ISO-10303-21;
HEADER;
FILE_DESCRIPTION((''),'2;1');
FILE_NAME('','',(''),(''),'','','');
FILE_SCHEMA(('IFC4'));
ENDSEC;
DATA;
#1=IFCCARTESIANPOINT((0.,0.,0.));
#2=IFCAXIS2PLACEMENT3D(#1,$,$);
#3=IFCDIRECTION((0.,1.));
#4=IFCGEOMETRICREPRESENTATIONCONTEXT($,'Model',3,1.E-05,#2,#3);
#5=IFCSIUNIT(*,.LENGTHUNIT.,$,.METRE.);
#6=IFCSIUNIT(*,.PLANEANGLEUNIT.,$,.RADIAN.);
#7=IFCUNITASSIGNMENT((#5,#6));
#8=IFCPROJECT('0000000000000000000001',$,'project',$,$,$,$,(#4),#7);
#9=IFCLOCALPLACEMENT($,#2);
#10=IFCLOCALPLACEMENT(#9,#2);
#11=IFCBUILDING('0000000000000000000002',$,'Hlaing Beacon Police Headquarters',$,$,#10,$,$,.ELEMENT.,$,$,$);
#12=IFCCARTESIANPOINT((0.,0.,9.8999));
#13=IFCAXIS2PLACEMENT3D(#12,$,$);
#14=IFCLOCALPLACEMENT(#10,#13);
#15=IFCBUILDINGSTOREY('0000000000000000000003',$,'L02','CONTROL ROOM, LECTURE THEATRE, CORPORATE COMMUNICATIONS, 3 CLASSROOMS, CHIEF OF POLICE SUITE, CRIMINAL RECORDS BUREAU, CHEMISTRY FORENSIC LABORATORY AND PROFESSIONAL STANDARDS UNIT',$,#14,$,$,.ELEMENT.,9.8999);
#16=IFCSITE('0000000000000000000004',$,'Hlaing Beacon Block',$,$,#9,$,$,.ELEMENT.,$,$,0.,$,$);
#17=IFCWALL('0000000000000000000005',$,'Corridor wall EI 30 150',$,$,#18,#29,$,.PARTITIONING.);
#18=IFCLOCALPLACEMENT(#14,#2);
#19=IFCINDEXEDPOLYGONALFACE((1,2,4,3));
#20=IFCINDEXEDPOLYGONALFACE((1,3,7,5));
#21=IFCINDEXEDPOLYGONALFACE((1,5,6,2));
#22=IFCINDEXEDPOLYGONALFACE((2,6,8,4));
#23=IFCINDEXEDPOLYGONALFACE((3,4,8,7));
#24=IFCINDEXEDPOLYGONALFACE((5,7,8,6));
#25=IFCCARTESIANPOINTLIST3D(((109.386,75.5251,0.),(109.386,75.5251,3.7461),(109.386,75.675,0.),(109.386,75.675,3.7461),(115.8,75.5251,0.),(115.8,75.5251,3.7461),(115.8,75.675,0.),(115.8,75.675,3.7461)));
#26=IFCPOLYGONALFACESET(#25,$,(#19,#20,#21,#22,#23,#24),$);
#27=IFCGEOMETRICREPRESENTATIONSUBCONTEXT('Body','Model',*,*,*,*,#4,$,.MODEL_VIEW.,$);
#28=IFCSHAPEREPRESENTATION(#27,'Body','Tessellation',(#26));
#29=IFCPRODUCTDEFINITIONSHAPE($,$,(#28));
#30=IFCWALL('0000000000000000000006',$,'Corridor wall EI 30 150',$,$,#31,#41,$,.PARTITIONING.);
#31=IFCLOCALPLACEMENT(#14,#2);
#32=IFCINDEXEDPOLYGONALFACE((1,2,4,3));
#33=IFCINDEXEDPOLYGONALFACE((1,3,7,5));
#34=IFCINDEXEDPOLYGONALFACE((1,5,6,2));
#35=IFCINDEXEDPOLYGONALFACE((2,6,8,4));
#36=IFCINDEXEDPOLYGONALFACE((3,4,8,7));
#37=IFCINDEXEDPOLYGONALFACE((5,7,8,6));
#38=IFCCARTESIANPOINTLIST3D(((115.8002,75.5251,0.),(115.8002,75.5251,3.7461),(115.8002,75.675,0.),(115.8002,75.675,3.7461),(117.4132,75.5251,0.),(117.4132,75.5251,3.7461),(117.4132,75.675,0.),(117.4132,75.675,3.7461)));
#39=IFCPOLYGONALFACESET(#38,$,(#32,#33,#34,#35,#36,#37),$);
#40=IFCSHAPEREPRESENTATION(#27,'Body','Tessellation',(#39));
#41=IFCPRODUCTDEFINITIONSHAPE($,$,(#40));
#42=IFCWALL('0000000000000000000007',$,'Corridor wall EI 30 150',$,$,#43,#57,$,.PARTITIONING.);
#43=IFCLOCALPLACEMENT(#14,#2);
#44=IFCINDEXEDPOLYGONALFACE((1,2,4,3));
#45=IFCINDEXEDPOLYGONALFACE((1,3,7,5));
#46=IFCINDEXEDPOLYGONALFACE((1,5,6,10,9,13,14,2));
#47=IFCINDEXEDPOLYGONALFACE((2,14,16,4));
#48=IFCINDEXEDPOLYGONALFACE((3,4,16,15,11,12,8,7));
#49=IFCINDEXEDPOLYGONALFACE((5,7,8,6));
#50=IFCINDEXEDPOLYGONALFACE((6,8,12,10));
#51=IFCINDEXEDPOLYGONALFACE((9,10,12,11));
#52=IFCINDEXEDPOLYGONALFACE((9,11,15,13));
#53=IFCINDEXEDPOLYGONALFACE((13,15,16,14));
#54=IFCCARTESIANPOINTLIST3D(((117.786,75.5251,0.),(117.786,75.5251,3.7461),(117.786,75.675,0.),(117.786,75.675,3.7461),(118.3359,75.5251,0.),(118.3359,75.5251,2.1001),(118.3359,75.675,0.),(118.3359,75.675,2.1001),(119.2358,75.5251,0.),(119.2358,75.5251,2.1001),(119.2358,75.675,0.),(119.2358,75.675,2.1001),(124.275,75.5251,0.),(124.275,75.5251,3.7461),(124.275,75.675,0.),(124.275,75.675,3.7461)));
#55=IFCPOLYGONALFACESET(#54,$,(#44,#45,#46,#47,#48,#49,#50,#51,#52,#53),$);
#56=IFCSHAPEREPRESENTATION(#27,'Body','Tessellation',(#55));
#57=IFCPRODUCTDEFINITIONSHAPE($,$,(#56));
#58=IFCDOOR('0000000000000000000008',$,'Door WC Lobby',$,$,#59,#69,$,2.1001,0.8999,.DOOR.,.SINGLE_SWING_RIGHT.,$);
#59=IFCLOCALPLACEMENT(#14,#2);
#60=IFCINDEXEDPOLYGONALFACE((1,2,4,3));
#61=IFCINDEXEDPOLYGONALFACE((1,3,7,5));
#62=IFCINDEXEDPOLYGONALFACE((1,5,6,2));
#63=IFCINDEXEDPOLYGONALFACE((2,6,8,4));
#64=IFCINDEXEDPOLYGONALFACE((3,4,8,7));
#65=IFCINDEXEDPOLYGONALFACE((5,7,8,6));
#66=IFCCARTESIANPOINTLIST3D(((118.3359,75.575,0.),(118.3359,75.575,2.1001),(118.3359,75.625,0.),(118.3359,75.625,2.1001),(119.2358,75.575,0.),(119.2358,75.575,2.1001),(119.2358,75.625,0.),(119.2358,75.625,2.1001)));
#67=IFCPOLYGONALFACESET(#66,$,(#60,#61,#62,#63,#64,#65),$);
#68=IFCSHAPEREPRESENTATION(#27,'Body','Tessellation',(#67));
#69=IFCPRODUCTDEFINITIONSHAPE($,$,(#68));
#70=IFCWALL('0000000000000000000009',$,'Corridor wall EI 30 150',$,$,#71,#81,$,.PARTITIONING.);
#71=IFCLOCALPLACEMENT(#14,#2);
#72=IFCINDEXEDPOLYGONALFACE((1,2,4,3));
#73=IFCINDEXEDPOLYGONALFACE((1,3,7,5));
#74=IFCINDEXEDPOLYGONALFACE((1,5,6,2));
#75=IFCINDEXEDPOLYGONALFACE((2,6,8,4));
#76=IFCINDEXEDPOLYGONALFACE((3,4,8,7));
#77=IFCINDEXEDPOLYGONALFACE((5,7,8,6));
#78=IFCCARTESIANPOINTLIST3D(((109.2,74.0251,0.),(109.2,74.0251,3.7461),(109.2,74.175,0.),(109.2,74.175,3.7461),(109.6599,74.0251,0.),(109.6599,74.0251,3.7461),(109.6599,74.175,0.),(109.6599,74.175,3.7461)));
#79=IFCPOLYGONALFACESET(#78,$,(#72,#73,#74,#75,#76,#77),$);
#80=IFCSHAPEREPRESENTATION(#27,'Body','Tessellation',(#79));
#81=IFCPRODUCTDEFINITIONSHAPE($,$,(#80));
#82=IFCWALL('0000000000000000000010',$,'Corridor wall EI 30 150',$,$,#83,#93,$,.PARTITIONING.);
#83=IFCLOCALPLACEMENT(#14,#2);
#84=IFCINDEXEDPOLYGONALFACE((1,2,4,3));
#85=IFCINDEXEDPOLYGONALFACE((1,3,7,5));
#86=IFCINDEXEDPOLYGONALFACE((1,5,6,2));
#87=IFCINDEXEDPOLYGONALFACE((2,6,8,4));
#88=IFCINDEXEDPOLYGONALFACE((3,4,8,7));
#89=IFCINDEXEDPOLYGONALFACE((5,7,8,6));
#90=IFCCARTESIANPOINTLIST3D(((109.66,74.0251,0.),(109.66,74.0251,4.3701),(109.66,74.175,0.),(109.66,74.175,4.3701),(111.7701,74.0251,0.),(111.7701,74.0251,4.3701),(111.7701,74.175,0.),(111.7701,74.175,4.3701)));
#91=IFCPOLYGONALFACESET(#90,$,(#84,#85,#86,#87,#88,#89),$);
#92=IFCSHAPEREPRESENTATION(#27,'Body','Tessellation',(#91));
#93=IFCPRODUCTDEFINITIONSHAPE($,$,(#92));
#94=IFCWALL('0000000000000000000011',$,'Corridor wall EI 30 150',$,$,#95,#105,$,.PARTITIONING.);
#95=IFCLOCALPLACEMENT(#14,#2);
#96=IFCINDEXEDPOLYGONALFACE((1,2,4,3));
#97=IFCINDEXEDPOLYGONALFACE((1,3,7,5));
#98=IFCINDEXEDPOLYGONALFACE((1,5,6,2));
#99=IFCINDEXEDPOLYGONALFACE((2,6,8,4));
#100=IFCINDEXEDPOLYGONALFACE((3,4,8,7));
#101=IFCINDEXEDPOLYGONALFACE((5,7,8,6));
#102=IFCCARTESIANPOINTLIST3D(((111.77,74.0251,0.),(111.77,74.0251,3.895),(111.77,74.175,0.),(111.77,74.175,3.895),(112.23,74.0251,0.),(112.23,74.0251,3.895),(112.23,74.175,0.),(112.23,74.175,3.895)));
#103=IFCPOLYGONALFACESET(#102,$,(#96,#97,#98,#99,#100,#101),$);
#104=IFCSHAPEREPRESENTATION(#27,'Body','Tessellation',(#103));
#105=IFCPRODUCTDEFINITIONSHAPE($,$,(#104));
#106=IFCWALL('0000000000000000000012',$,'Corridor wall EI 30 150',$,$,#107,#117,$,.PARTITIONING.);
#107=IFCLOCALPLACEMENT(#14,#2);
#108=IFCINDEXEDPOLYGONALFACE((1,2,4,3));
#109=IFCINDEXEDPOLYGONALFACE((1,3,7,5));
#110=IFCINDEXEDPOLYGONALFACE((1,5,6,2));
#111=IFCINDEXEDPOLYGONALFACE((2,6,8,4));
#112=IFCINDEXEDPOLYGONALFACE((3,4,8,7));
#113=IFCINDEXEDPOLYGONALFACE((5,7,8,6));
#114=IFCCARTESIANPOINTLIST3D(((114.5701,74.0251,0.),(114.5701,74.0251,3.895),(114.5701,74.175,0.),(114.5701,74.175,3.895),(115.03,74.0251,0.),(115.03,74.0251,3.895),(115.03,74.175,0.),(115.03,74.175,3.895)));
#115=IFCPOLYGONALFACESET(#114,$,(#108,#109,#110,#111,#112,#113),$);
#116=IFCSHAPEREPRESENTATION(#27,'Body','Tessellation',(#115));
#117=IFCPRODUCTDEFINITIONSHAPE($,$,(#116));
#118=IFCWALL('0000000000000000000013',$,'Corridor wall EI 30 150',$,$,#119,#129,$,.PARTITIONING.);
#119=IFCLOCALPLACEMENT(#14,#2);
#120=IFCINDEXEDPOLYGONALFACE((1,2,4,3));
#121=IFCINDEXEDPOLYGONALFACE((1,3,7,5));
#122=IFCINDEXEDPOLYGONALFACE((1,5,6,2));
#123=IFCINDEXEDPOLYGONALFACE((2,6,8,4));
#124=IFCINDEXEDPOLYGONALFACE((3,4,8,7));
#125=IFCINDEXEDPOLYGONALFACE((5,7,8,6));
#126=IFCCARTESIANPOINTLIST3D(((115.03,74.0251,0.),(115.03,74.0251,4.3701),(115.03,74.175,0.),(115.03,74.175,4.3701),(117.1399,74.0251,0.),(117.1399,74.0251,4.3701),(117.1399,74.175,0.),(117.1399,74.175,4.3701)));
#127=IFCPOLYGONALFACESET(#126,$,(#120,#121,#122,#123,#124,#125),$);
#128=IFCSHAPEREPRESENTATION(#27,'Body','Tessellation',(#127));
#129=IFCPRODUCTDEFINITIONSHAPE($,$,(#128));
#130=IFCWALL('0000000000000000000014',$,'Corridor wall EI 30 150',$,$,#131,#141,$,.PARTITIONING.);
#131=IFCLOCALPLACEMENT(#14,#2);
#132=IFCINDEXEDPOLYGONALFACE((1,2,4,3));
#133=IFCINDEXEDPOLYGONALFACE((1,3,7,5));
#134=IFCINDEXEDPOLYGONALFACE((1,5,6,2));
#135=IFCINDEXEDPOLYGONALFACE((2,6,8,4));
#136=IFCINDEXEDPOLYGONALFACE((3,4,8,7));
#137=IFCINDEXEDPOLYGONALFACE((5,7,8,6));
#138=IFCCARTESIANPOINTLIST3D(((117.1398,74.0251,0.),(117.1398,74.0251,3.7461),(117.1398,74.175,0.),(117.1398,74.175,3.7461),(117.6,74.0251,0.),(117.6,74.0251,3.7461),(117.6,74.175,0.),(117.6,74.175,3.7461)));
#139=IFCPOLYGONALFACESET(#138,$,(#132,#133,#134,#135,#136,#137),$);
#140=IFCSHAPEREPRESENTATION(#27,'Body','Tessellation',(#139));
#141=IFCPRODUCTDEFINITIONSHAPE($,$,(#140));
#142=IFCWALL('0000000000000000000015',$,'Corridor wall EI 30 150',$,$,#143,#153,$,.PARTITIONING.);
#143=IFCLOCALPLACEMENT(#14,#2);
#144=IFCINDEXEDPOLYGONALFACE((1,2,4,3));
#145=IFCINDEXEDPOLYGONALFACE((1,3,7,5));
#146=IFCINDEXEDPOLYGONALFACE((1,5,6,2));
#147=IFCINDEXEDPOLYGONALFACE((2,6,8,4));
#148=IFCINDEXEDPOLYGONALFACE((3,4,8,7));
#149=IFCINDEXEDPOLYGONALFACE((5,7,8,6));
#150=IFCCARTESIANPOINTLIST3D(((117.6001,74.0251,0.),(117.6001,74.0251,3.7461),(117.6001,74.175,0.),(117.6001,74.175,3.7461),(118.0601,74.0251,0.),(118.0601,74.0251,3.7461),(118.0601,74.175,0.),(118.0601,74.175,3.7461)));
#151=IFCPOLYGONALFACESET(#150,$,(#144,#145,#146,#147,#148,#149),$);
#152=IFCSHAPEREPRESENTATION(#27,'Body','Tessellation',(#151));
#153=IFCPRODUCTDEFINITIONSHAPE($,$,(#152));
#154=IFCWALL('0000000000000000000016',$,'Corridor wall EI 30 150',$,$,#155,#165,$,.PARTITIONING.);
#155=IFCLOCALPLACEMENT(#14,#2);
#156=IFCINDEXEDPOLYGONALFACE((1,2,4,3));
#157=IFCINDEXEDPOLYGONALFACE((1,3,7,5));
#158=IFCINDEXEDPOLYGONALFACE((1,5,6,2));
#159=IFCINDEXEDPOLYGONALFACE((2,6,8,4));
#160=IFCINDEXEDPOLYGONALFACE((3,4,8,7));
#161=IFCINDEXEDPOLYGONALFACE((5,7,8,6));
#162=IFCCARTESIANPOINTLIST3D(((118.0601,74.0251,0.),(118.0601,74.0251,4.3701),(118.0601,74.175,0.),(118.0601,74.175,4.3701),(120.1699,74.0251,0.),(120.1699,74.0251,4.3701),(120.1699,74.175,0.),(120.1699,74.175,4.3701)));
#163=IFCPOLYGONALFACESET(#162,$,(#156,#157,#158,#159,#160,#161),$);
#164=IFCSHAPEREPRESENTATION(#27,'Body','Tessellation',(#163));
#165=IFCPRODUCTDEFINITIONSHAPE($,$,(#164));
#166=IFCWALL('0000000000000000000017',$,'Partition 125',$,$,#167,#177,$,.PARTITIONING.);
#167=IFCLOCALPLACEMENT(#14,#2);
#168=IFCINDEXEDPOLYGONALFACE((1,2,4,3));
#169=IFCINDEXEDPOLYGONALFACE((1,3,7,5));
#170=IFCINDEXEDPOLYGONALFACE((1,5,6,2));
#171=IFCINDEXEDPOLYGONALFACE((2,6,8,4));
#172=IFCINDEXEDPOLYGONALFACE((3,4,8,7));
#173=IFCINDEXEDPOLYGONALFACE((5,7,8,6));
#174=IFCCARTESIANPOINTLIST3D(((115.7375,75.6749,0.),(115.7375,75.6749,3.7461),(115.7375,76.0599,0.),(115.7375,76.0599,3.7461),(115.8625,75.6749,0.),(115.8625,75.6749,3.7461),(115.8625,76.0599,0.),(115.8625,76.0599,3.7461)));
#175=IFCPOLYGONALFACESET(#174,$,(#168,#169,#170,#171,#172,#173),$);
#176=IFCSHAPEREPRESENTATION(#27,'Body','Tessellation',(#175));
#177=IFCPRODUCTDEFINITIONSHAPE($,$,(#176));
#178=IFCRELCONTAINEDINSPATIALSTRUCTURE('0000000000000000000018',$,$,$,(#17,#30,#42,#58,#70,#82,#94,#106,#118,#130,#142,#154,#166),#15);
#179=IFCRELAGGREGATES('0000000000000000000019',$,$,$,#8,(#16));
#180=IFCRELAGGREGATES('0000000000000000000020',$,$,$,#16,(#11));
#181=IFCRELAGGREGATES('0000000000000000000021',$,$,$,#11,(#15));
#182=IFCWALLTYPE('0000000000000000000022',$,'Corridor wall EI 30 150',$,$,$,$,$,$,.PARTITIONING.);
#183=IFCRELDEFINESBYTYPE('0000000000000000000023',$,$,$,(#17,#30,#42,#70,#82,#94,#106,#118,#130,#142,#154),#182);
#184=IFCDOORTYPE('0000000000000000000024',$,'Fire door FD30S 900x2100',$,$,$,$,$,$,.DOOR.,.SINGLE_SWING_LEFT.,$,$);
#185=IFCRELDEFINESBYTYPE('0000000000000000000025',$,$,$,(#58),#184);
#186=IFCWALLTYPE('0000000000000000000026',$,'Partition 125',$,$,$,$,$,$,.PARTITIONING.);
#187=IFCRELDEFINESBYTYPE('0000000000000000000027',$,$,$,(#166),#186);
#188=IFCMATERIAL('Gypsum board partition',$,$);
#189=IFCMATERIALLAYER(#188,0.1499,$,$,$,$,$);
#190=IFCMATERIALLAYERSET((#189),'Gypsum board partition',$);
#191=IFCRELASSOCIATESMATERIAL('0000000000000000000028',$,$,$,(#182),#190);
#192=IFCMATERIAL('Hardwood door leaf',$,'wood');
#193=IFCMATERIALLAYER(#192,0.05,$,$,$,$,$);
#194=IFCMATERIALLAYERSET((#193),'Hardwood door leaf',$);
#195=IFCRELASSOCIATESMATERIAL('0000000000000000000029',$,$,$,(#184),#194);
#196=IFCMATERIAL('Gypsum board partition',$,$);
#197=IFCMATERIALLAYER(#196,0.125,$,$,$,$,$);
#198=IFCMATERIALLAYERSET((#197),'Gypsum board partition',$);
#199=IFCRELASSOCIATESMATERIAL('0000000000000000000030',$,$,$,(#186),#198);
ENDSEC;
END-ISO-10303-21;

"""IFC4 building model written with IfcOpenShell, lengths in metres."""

from ifc_helpers import new_model, si_unit, direction, frame, frame_2d, origin, place, context, subcontext, project, spatial, rectangle, extrude, material, layer, layer_set, type_object, element, fill, save


model = new_model("IFC4")

# Units and contexts
model_context = context("Model", 3, precision=1e-05, world=origin(), true_north=direction((0.0, 1.0)))
body_context = subcontext(model_context, "Body", "Model", "MODEL_VIEW")
ifc_project = project(units=[si_unit("LENGTHUNIT", "METRE"), si_unit("PLANEANGLEUNIT", "RADIAN")], contexts=[model_context])

# Site, building, storey
site_placement = place(None, origin())
site = spatial("IfcSite", under=ifc_project, at=site_placement, Name="Hlaing Beacon Block", CompositionType="ELEMENT", RefElevation=0.0)
building_placement = place(site_placement, origin())
building = spatial("IfcBuilding", under=site, at=building_placement, Name="Hlaing Beacon Police Headquarters", CompositionType="ELEMENT")
storey_placement = place(building_placement, frame((0.0, 0.0, 9.8999)))
storey = spatial("IfcBuildingStorey", under=building, at=storey_placement, Name="L02", Description="CONTROL ROOM, LECTURE THEATRE, CORPORATE COMMUNICATIONS, 3 CLASSROOMS, CHIEF OF POLICE SUITE, CRIMINAL RECORDS BUREAU, CHEMISTRY FORENSIC LABORATORY AND PROFESSIONAL STANDARDS UNIT", CompositionType="ELEMENT", Elevation=9.8999)

# Walls
ifc_material_1 = material(Name="Gypsum board partition")
ifc_layer_1 = layer(ifc_material_1, 0.1499)
ifc_layer_set_1 = layer_set([ifc_layer_1], Name="Gypsum board partition")
wall_type_1 = type_object("IfcWallType", Name="Corridor wall EI 30 150", PredefinedType="PARTITIONING", material=ifc_layer_set_1)
wall_1_placement = place(storey_placement, frame((109.386, 75.6001, 0.0), z_axis=(0.0, 0.0, 1.0), x_axis=(1.0, 0.0, 0.0)))
element("IfcWall", 1, at=wall_1_placement, inside=storey, type_object=wall_type_1, Name="Corridor wall EI 30 150", PredefinedType="PARTITIONING", context=body_context, shape_type="SweptSolid", body=[
    extrude(rectangle(XDim=6.4141, YDim=0.1499, at=frame_2d((3.207, 0.0))), origin(), (0.0, 0.0, 1.0), 3.7461),
])
wall_2_placement = place(storey_placement, frame((115.8, 75.6001, 0.0), z_axis=(0.0, 0.0, 1.0), x_axis=(1.0, 0.0, 0.0)))
element("IfcWall", 2, at=wall_2_placement, inside=storey, type_object=wall_type_1, Name="Corridor wall EI 30 150", PredefinedType="PARTITIONING", context=body_context, shape_type="SweptSolid", body=[
    extrude(rectangle(XDim=1.613, YDim=0.1499, at=frame_2d((0.8066, 0.0))), origin(), (0.0, 0.0, 1.0), 3.7461),
])

# Wall, opening, door
wall_3_placement = place(storey_placement, frame((117.7859, 75.6001, 0.0), z_axis=(0.0, 0.0, 1.0), x_axis=(1.0, 0.0, 0.0)))
wall_3 = element("IfcWall", 3, at=wall_3_placement, inside=storey, type_object=wall_type_1, Name="Corridor wall EI 30 150", PredefinedType="PARTITIONING", context=body_context, shape_type="SweptSolid", body=[
    extrude(rectangle(XDim=6.489, YDim=0.1499, at=frame_2d((3.2446, 0.0))), origin(), (0.0, 0.0, 1.0), 3.7461),
])
opening_1_placement = place(wall_3_placement, frame((0.55, 0.0, 0.0)))
opening_1 = element("IfcOpeningElement", 4, at=opening_1_placement, cuts=wall_3, PredefinedType="OPENING", context=body_context, shape_type="SweptSolid", body=[
    extrude(rectangle(XDim=0.8999, YDim=2.1001, at=frame_2d((0.45, 1.05))), frame((0.0, 0.085, 0.0), z_axis=(0.0, -1.0, 0.0), x_axis=(1.0, 0.0, 0.0)), (0.0, 0.0, 1.0), 0.1699),
])
ifc_material_2 = material(Name="Hardwood door leaf", Category="wood")
ifc_layer_2 = layer(ifc_material_2, 0.05)
ifc_layer_set_2 = layer_set([ifc_layer_2], Name="Hardwood door leaf")
door_type_1 = type_object("IfcDoorType", Name="Fire door FD30S 900x2100", OperationType="SINGLE_SWING_LEFT", PredefinedType="DOOR", material=ifc_layer_set_2)
door_1_placement = place(opening_1_placement, origin())
door_1 = element("IfcDoor", 5, at=door_1_placement, inside=storey, type_object=door_type_1, Name="Door WC Lobby", OperationType="SINGLE_SWING_RIGHT", OverallHeight=2.1001, OverallWidth=0.8999, PredefinedType="DOOR", context=body_context, shape_type="SweptSolid", body=[
    extrude(rectangle(XDim=0.8999, YDim=2.1001, at=frame_2d((0.45, 1.05))), frame((0.0, 0.0249, 0.0), z_axis=(0.0, -1.0, 0.0), x_axis=(1.0, 0.0, 0.0)), (0.0, 0.0, 1.0), 0.05),
])
fill(opening_1, door_1)

# Walls
wall_4_placement = place(storey_placement, frame((109.2, 74.1001, 0.0), z_axis=(0.0, 0.0, 1.0), x_axis=(1.0, 0.0, 0.0)))
element("IfcWall", 6, at=wall_4_placement, inside=storey, type_object=wall_type_1, Name="Corridor wall EI 30 150", PredefinedType="PARTITIONING", context=body_context, shape_type="SweptSolid", body=[
    extrude(rectangle(XDim=0.46, YDim=0.1499, at=frame_2d((0.23, 0.0))), origin(), (0.0, 0.0, 1.0), 3.7461),
])
wall_5_placement = place(storey_placement, frame((109.6599, 74.1001, 0.0), z_axis=(0.0, 0.0, 1.0), x_axis=(1.0, 0.0, 0.0)))
element("IfcWall", 7, at=wall_5_placement, inside=storey, type_object=wall_type_1, Name="Corridor wall EI 30 150", PredefinedType="PARTITIONING", context=body_context, shape_type="SweptSolid", body=[
    extrude(rectangle(XDim=2.1101, YDim=0.1499, at=frame_2d((1.0552, 0.0))), origin(), (0.0, 0.0, 1.0), 4.3701),
])
wall_6_placement = place(storey_placement, frame((111.77, 74.1001, 0.0), z_axis=(0.0, 0.0, 1.0), x_axis=(1.0, 0.0, 0.0)))
element("IfcWall", 8, at=wall_6_placement, inside=storey, type_object=wall_type_1, Name="Corridor wall EI 30 150", PredefinedType="PARTITIONING", context=body_context, shape_type="SweptSolid", body=[
    extrude(rectangle(XDim=0.46, YDim=0.1499, at=frame_2d((0.23, 0.0))), origin(), (0.0, 0.0, 1.0), 3.895),
])

# Walls
wall_7_placement = place(storey_placement, frame((114.5701, 74.1001, 0.0), z_axis=(0.0, 0.0, 1.0), x_axis=(1.0, 0.0, 0.0)))
element("IfcWall", 9, at=wall_7_placement, inside=storey, type_object=wall_type_1, Name="Corridor wall EI 30 150", PredefinedType="PARTITIONING", context=body_context, shape_type="SweptSolid", body=[
    extrude(rectangle(XDim=0.46, YDim=0.1499, at=frame_2d((0.23, 0.0))), origin(), (0.0, 0.0, 1.0), 3.895),
])
wall_8_placement = place(storey_placement, frame((115.03, 74.1001, 0.0), z_axis=(0.0, 0.0, 1.0), x_axis=(1.0, 0.0, 0.0)))
element("IfcWall", 10, at=wall_8_placement, inside=storey, type_object=wall_type_1, Name="Corridor wall EI 30 150", PredefinedType="PARTITIONING", context=body_context, shape_type="SweptSolid", body=[
    extrude(rectangle(XDim=2.1099, YDim=0.1499, at=frame_2d((1.0549, 0.0))), origin(), (0.0, 0.0, 1.0), 4.3701),
])
wall_9_placement = place(storey_placement, frame((117.1399, 74.1001, 0.0), z_axis=(0.0, 0.0, 1.0), x_axis=(1.0, 0.0, 0.0)))
element("IfcWall", 11, at=wall_9_placement, inside=storey, type_object=wall_type_1, Name="Corridor wall EI 30 150", PredefinedType="PARTITIONING", context=body_context, shape_type="SweptSolid", body=[
    extrude(rectangle(XDim=0.4602, YDim=0.1499, at=frame_2d((0.23, 0.0))), origin(), (0.0, 0.0, 1.0), 3.7461),
])
wall_10_placement = place(storey_placement, frame((117.6001, 74.1001, 0.0), z_axis=(0.0, 0.0, 1.0), x_axis=(1.0, 0.0, 0.0)))
element("IfcWall", 12, at=wall_10_placement, inside=storey, type_object=wall_type_1, Name="Corridor wall EI 30 150", PredefinedType="PARTITIONING", context=body_context, shape_type="SweptSolid", body=[
    extrude(rectangle(XDim=0.46, YDim=0.1499, at=frame_2d((0.23, 0.0))), origin(), (0.0, 0.0, 1.0), 3.7461),
])
wall_11_placement = place(storey_placement, frame((118.0601, 74.1001, 0.0), z_axis=(0.0, 0.0, 1.0), x_axis=(1.0, 0.0, 0.0)))
element("IfcWall", 13, at=wall_11_placement, inside=storey, type_object=wall_type_1, Name="Corridor wall EI 30 150", PredefinedType="PARTITIONING", context=body_context, shape_type="SweptSolid", body=[
    extrude(rectangle(XDim=2.1099, YDim=0.1499, at=frame_2d((1.0549, 0.0))), origin(), (0.0, 0.0, 1.0), 4.3701),
])
ifc_material_3 = material(Name="Gypsum board partition")
ifc_layer_3 = layer(ifc_material_3, 0.125)
ifc_layer_set_3 = layer_set([ifc_layer_3], Name="Gypsum board partition")
wall_type_2 = type_object("IfcWallType", Name="Partition 125", PredefinedType="PARTITIONING", material=ifc_layer_set_3)
wall_12_placement = place(storey_placement, frame((115.8, 75.675, 0.0), z_axis=(0.0, 0.0, 1.0), x_axis=(0.0, 1.0, 0.0)))
element("IfcWall", 14, at=wall_12_placement, inside=storey, type_object=wall_type_2, Name="Partition 125", PredefinedType="PARTITIONING", context=body_context, shape_type="SweptSolid", body=[
    extrude(rectangle(XDim=0.385, YDim=0.125, at=frame_2d((0.1924, 0.0))), origin(), (0.0, 0.0, 1.0), 3.7461),
])

save(model, "model.ifc")
